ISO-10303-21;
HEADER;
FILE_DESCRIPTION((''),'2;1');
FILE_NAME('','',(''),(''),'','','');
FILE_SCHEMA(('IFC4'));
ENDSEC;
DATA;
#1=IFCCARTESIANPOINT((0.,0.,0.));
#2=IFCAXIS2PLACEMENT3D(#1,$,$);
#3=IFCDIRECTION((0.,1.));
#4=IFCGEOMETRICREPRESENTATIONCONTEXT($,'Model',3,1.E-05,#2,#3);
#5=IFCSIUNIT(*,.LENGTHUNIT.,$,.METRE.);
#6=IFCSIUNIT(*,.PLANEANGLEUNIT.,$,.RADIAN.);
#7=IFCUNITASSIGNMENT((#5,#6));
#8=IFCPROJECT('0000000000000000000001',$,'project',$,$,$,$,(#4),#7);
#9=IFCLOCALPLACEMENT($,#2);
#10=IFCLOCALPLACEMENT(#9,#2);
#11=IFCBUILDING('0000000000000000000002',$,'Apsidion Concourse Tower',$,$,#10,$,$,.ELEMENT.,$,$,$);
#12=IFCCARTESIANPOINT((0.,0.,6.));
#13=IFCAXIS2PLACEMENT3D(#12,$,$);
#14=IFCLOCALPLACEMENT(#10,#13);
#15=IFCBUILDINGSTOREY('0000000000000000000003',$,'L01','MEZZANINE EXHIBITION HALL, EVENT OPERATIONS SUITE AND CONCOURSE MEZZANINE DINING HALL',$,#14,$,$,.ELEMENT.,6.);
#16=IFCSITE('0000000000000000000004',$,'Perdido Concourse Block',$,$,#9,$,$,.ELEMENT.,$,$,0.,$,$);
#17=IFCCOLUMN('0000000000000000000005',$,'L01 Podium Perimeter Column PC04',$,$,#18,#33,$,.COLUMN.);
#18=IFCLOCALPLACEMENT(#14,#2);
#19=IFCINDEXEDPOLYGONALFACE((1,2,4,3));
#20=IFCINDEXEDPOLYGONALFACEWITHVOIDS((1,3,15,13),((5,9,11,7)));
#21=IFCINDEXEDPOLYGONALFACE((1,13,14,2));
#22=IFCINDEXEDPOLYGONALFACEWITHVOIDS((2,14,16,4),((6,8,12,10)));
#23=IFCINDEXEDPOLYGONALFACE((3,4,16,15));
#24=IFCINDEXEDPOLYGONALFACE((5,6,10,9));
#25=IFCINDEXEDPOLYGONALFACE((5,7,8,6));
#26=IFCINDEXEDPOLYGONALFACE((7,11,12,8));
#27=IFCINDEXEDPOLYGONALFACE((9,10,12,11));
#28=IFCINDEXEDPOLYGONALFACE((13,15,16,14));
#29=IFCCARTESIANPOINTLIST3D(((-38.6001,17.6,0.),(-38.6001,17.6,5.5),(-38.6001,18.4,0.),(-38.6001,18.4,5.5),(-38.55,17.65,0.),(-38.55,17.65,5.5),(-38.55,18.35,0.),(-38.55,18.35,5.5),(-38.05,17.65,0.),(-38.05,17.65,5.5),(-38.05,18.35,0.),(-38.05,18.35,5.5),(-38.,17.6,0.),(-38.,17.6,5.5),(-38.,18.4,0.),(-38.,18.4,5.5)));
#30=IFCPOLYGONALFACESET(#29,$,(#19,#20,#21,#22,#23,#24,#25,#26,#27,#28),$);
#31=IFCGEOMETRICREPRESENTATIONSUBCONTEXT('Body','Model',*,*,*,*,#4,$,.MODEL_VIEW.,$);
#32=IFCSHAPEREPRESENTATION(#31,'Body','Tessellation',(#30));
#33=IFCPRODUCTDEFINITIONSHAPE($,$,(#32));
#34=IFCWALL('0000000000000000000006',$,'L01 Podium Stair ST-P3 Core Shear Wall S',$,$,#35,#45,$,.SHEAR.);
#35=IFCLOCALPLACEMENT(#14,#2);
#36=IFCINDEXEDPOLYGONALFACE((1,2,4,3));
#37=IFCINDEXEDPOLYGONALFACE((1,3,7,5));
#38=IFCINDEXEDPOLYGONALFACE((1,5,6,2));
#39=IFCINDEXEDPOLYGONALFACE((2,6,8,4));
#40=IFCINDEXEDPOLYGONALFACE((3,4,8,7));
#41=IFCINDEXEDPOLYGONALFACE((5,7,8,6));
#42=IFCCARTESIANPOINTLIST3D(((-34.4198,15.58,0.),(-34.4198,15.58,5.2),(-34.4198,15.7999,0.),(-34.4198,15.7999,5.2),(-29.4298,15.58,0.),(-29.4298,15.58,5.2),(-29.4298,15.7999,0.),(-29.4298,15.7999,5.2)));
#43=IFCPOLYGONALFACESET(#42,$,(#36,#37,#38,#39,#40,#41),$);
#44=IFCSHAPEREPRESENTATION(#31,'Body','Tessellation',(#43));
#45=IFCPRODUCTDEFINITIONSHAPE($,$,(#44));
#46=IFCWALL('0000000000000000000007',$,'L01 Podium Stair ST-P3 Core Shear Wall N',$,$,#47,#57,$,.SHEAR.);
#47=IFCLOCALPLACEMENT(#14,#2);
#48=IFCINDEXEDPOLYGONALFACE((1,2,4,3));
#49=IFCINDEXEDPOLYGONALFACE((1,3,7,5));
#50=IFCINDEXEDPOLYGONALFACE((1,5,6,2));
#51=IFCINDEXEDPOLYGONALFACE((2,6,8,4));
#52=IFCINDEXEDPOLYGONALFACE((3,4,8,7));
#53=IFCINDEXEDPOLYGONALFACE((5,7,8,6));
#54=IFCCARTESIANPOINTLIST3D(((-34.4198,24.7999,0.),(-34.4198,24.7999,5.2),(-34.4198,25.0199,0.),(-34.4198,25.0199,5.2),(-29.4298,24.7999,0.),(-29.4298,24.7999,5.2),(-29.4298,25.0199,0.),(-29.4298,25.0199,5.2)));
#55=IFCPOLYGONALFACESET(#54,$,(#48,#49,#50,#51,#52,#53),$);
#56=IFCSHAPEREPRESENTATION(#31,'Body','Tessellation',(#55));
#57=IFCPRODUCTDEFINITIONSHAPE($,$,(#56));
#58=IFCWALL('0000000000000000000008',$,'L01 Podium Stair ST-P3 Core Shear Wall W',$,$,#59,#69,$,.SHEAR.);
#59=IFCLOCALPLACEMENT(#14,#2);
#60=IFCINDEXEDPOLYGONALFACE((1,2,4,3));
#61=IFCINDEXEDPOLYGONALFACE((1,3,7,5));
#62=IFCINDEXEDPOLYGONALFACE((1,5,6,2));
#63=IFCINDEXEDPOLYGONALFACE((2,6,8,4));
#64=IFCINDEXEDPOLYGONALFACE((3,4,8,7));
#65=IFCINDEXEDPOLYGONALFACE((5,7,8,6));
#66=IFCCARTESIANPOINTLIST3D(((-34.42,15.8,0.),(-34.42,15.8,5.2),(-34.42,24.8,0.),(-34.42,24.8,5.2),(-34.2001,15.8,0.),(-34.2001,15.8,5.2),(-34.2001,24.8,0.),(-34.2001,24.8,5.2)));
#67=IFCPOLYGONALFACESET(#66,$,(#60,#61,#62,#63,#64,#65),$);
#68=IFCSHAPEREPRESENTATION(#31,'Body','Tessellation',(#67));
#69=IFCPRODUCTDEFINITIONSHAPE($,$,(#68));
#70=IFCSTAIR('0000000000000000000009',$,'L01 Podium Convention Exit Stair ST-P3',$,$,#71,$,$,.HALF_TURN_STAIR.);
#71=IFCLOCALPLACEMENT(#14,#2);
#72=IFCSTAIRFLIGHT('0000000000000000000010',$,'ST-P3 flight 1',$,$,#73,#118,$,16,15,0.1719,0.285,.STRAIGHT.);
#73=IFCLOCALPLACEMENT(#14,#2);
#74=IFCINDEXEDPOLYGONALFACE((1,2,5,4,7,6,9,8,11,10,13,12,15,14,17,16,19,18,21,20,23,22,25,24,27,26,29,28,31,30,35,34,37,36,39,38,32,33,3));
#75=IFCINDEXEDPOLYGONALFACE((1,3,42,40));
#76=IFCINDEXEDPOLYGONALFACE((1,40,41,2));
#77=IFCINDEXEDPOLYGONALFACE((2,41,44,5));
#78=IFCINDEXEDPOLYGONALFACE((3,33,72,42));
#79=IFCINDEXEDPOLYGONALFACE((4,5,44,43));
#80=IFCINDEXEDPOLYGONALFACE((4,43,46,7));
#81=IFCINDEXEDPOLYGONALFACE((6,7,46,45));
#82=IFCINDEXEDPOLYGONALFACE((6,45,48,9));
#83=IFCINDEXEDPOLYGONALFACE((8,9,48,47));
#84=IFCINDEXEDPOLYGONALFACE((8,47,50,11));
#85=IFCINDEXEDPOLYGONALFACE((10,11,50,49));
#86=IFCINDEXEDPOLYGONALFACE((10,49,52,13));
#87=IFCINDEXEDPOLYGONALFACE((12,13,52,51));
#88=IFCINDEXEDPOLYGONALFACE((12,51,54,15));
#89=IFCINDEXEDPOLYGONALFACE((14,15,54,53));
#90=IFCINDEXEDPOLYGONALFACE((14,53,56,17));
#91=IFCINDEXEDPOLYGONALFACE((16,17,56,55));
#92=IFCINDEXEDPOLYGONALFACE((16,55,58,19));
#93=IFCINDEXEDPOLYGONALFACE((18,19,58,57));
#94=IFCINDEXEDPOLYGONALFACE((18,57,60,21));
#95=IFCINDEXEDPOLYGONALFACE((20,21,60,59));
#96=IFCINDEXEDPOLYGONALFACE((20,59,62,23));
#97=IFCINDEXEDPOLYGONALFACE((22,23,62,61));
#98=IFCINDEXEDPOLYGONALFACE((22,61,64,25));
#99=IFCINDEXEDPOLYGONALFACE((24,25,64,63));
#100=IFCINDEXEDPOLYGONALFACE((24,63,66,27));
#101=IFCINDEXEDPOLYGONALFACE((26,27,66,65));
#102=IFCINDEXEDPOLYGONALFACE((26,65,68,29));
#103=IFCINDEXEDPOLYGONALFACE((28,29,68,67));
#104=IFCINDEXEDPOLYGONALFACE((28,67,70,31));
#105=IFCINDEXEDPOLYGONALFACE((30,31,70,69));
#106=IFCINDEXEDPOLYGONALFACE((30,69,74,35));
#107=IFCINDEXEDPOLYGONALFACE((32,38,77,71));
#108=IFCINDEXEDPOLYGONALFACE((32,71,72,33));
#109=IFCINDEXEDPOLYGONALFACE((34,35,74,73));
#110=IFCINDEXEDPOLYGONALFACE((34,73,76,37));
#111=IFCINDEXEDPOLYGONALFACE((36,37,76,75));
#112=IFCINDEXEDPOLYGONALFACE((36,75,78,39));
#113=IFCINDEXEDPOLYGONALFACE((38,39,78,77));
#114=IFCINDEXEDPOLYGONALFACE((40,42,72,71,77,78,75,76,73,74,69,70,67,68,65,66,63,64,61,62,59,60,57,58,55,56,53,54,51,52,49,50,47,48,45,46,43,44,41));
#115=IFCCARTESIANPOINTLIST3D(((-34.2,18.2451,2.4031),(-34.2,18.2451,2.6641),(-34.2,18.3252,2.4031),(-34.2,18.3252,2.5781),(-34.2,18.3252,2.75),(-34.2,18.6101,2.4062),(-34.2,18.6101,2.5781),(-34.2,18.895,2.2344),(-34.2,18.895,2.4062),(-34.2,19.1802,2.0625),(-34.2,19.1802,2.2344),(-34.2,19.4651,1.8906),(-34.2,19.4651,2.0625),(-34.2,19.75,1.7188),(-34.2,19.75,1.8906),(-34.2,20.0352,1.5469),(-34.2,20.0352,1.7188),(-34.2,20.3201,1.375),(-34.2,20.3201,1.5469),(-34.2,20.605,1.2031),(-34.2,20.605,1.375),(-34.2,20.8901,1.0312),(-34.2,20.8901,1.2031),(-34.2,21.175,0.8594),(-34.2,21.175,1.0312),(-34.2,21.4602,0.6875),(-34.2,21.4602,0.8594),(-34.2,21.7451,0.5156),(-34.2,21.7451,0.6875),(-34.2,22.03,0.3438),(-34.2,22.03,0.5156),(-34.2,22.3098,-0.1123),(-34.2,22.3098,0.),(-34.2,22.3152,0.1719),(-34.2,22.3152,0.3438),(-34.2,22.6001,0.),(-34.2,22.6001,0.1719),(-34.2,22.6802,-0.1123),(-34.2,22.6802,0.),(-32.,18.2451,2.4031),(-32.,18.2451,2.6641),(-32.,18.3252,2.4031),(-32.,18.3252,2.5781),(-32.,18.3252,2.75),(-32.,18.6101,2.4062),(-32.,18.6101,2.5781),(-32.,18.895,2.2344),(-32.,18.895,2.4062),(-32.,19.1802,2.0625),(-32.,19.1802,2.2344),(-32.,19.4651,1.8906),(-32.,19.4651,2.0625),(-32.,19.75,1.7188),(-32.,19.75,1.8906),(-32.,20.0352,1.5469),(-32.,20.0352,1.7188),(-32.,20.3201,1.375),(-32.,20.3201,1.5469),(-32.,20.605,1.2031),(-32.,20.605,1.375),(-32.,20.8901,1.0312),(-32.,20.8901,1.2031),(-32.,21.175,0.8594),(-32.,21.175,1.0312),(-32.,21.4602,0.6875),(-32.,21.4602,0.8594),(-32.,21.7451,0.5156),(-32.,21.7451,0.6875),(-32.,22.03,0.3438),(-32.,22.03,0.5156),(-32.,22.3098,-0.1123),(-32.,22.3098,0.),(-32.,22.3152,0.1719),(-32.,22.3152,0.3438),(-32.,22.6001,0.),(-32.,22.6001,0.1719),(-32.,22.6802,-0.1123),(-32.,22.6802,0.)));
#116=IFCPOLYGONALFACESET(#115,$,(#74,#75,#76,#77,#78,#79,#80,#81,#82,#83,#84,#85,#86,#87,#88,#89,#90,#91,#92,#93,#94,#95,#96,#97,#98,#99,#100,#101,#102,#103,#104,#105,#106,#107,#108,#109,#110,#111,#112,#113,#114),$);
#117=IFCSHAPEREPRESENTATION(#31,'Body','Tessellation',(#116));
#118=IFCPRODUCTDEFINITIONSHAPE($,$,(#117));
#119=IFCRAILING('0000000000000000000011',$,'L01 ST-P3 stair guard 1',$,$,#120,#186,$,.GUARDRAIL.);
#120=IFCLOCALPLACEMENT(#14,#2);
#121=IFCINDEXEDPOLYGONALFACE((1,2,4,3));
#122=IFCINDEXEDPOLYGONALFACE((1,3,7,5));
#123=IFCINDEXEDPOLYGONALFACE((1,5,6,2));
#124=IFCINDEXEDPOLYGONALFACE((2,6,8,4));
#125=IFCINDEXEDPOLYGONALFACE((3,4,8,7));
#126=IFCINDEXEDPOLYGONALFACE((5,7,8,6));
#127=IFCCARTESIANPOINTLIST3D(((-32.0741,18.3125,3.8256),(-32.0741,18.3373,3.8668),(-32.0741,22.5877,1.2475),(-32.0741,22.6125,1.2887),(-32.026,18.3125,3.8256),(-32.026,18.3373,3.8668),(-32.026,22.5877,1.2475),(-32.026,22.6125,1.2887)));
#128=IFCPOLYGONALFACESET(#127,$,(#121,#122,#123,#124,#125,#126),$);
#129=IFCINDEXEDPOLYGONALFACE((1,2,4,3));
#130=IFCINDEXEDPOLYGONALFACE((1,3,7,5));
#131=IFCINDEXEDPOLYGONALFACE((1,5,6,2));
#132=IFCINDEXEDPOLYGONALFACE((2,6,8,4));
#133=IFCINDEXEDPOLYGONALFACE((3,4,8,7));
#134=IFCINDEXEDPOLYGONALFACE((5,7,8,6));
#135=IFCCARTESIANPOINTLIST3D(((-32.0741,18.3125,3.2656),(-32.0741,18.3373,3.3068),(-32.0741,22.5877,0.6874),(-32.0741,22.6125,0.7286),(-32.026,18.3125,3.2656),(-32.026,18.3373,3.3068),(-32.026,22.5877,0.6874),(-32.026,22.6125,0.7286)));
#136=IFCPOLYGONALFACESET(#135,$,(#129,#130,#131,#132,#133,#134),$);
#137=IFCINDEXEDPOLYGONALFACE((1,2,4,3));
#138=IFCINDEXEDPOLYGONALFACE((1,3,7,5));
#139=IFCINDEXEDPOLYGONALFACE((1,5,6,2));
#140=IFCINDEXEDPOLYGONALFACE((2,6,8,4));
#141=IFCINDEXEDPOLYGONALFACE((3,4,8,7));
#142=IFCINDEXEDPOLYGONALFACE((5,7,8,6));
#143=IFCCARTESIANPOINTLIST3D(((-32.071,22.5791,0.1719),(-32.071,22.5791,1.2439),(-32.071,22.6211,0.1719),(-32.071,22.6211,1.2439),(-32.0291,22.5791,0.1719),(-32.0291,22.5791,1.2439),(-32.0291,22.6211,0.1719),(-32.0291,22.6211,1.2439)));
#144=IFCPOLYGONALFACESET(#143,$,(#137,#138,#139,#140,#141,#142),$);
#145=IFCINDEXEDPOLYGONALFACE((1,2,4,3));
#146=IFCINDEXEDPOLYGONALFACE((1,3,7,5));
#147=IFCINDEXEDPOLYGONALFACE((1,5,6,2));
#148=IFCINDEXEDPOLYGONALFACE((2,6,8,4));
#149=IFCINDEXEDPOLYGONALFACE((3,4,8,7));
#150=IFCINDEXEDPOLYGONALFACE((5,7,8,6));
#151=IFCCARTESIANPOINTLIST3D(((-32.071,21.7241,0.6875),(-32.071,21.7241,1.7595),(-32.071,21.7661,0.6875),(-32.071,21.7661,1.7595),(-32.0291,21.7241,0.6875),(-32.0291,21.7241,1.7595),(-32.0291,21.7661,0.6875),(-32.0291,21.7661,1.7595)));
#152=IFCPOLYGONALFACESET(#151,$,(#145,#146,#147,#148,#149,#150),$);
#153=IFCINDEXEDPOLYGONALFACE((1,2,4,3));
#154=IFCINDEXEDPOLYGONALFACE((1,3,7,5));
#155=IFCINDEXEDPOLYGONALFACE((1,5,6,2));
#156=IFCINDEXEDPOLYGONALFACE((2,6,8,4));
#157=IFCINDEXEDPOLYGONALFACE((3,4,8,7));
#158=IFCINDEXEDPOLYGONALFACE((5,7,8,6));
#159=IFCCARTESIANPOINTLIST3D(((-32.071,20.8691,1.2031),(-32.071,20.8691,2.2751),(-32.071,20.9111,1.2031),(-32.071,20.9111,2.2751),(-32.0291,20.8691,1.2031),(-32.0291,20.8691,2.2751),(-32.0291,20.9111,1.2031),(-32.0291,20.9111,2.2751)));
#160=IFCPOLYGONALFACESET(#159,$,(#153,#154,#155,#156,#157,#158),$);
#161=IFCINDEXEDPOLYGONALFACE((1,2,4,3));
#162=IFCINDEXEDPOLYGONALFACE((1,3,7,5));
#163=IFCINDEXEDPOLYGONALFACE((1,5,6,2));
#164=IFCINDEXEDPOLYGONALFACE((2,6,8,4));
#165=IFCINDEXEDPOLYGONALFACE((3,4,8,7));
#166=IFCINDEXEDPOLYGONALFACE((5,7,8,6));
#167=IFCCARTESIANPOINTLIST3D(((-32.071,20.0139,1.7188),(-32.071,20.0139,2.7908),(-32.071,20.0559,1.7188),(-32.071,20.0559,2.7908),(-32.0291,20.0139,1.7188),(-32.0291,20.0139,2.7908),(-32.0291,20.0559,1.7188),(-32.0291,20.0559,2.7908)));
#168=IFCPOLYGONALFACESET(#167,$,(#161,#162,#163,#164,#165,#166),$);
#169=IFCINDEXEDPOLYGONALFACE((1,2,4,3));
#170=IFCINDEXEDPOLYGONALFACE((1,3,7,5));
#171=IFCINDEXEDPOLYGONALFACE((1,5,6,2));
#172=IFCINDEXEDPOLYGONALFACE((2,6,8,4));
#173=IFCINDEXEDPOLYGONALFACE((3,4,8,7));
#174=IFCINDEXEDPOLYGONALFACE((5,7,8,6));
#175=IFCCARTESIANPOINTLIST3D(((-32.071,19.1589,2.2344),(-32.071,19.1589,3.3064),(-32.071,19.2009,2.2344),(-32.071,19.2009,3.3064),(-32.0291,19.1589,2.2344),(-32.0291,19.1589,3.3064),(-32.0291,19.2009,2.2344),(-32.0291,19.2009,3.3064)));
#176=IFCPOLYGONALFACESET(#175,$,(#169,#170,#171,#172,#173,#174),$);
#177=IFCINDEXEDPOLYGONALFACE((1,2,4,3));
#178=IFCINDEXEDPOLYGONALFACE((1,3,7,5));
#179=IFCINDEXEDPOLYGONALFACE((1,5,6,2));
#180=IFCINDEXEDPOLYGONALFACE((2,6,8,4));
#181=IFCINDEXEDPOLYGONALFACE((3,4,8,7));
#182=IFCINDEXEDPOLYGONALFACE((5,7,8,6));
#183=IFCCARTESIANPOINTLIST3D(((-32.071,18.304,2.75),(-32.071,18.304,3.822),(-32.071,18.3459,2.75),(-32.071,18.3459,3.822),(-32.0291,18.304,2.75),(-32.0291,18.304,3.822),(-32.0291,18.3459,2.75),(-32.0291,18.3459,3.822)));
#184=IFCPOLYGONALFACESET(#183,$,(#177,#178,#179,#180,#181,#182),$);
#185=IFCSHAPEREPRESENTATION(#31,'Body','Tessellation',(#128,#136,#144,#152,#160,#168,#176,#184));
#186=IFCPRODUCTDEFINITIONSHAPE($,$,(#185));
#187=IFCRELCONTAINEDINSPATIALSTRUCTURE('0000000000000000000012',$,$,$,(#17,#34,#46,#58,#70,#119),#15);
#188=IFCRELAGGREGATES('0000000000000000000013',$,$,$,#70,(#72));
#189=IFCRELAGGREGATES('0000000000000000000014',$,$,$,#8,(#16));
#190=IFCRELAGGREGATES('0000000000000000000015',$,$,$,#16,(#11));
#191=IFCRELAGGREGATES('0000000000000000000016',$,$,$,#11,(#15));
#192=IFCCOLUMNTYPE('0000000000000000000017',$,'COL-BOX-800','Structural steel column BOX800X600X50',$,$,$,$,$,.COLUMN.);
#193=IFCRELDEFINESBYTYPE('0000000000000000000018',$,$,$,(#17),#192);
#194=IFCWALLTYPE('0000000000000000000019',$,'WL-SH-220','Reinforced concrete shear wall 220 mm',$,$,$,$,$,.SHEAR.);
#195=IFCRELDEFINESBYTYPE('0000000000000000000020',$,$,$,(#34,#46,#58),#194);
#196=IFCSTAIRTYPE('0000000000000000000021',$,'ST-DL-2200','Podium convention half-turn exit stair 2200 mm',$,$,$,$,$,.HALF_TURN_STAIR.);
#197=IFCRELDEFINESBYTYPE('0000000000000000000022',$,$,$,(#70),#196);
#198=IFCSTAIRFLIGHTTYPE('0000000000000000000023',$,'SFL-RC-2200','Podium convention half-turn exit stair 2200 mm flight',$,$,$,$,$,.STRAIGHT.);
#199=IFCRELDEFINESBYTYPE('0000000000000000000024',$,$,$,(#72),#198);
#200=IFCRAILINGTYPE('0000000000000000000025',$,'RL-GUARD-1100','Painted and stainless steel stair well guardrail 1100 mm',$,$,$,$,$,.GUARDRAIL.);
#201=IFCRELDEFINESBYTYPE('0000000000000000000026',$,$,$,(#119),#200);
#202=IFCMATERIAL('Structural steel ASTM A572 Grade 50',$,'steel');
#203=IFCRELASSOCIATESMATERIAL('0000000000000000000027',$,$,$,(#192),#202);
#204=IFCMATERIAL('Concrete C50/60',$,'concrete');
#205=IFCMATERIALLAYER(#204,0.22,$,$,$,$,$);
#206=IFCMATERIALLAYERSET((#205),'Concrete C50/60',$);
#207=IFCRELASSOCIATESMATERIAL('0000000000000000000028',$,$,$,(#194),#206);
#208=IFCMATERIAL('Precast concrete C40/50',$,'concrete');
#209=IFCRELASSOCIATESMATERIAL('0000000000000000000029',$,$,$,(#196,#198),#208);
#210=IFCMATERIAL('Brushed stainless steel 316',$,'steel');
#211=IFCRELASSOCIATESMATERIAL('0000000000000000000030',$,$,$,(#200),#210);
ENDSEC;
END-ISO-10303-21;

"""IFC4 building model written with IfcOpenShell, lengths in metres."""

from ifc_helpers import new_model, si_unit, direction, frame, frame_2d, origin, origin_2d, place, context, subcontext, project, spatial, polyline, rectangle, hollow_rectangle, outline, extrude, material, layer, layer_set, material_profile, profile_set, type_object, element, aggregate, save


model = new_model("IFC4")

# Units and contexts
model_context = context("Model", 3, precision=1e-05, world=origin(), true_north=direction((0.0, 1.0)))
body_context = subcontext(model_context, "Body", "Model", "MODEL_VIEW")
ifc_project = project(units=[si_unit("LENGTHUNIT", "METRE"), si_unit("PLANEANGLEUNIT", "RADIAN")], contexts=[model_context])

# Site, building, storey
site_placement = place(None, origin())
site = spatial("IfcSite", under=ifc_project, at=site_placement, Name="Perdido Concourse Block", CompositionType="ELEMENT", RefElevation=0.0)
building_placement = place(site_placement, origin())
building = spatial("IfcBuilding", under=site, at=building_placement, Name="Apsidion Concourse Tower", CompositionType="ELEMENT")
storey_placement = place(building_placement, frame((0.0, 0.0, 6.0)))
storey = spatial("IfcBuildingStorey", under=building, at=storey_placement, Name="L01", Description="MEZZANINE EXHIBITION HALL, EVENT OPERATIONS SUITE AND CONCOURSE MEZZANINE DINING HALL", CompositionType="ELEMENT", Elevation=6.0)

# Column
ifc_material_1 = material(Name="Structural steel ASTM A572 Grade 50", Category="steel")
ifc_material_profile = material_profile(ifc_material_1, hollow_rectangle(XDim=0.6001, YDim=0.8, WallThickness=0.05, at=origin_2d()), Name="BOX800X600X50")
ifc_profile_set = profile_set([ifc_material_profile], Name="Structural steel ASTM A572 Grade 50")
column_type = type_object("IfcColumnType", Name="COL-BOX-800", Description="Structural steel column BOX800X600X50", PredefinedType="COLUMN", material=ifc_profile_set)
column_placement = place(storey_placement, frame((-38.3, 18.0, 0.0), z_axis=(0.0, 0.0, 1.0), x_axis=(1.0, 0.0, 0.0)))
element("IfcColumn", 1, at=column_placement, inside=storey, type_object=column_type, Name="L01 Podium Perimeter Column PC04", PredefinedType="COLUMN", context=body_context, shape_type="SweptSolid", body=[
    extrude(hollow_rectangle(XDim=0.6001, YDim=0.8, WallThickness=0.05, at=origin_2d()), origin(), (0.0, 0.0, 1.0), 5.5),
])

# Shared definitions
ifc_material_2 = material(Name="Precast concrete C40/50", Category="concrete")

# Walls
ifc_material_3 = material(Name="Concrete C50/60", Category="concrete")
ifc_layer_1 = layer(ifc_material_3, 0.22)
ifc_layer_set_1 = layer_set([ifc_layer_1], Name="Concrete C50/60")
wall_type_1 = type_object("IfcWallType", Name="WL-SH-220", Description="Reinforced concrete shear wall 220 mm", PredefinedType="SHEAR", material=ifc_layer_set_1)
for number, where, z_axis, x_axis, name in (
    (2, (-34.4199, 15.6899, 0.0), (0.0, 0.0, 1.0), (1.0, 0.0, 0.0), "L01 Podium Stair ST-P3 Core Shear Wall S"),
    (3, (-34.4199, 24.9099, 0.0), (0.0, 0.0, 1.0), (1.0, 0.0, 0.0), "L01 Podium Stair ST-P3 Core Shear Wall N"),
):
    element("IfcWall", number, at=place(storey_placement, frame(where, z_axis=z_axis, x_axis=x_axis)), inside=storey, type_object=wall_type_1, Name=name, PredefinedType="SHEAR", context=body_context, shape_type="SweptSolid", body=[
        extrude(rectangle(XDim=4.99, YDim=0.22, at=frame_2d((2.4951, 0.0))), origin(), (0.0, 0.0, 1.0), 5.2),
    ])
wall_1_placement = place(storey_placement, frame((-34.3101, 15.8, 0.0), z_axis=(0.0, 0.0, 1.0), x_axis=(0.0, 1.0, 0.0)))
element("IfcWall", 4, at=wall_1_placement, inside=storey, type_object=wall_type_1, Name="L01 Podium Stair ST-P3 Core Shear Wall W", PredefinedType="SHEAR", context=body_context, shape_type="SweptSolid", body=[
    extrude(rectangle(XDim=9.0, YDim=0.22, at=frame_2d((4.5, 0.0))), origin(), (0.0, 0.0, 1.0), 5.2),
])

# Stair, stair flight
stair_type = type_object("IfcStairType", Name="ST-DL-2200", Description="Podium convention half-turn exit stair 2200 mm", PredefinedType="HALF_TURN_STAIR", material=ifc_material_2)
stair_placement = place(storey_placement, origin())
stair = element("IfcStair", 5, at=stair_placement, inside=storey, type_object=stair_type, Name="L01 Podium Convention Exit Stair ST-P3", PredefinedType="HALF_TURN_STAIR")
stair_flight_type = type_object("IfcStairFlightType", Name="SFL-RC-2200", Description="Podium convention half-turn exit stair 2200 mm flight", PredefinedType="STRAIGHT", material=ifc_material_2)
stair_flight_placement = place(storey_placement, frame((-33.1001, 22.6001, 0.0), z_axis=(0.0, 0.0, 1.0), x_axis=(0.0, -1.0, 0.0)))
stair_flight = element("IfcStairFlight", 6, at=stair_flight_placement, type_object=stair_flight_type, Name="ST-P3 flight 1", NumberOfRisers=16, NumberOfTreads=15, PredefinedType="STRAIGHT", RiserHeight=0.1719, TreadLength=0.285, context=body_context, shape_type="SweptSolid", body=[
    extrude(outline(polyline([(-0.0801, -0.1123), (-0.0801, 0.0), (0.0, 0.0), (0.0, 0.1719), (0.2849, 0.1719), (0.2849, 0.3438), (0.5701, 0.3438), (0.5701, 0.5156), (0.855, 0.5156), (0.855, 0.6875), (1.1399, 0.6875), (1.1399, 0.8594), (1.425, 0.8594), (1.425, 1.0312), (1.71, 1.0312), (1.71, 1.2031), (1.9951, 1.2031), (1.9951, 1.375), (2.28, 1.375), (2.28, 1.5469), (2.5649, 1.5469), (2.5649, 1.7188), (2.8501, 1.7188), (2.8501, 1.8906), (3.135, 1.8906), (3.135, 2.0625), (3.4199, 2.0625), (3.4199, 2.2344), (3.7051, 2.2344), (3.7051, 2.4062), (3.99, 2.4062), (3.99, 2.5781), (4.2749, 2.5781), (4.2749, 2.75), (4.355, 2.6641), (4.355, 2.4031), (4.2749, 2.4031), (0.2903, 0.0), (0.2903, -0.1123), (-0.0801, -0.1123)])), frame((0.0, 1.1001, 0.0), z_axis=(0.0, -1.0, 0.0), x_axis=(1.0, 0.0, 0.0)), (0.0, 0.0, 1.0), 2.2),
])
aggregate(stair, [stair_flight])

# Railing
ifc_material_4 = material(Name="Brushed stainless steel 316", Category="steel")
railing_type_1 = type_object("IfcRailingType", Name="RL-GUARD-1100", Description="Painted and stainless steel stair well guardrail 1100 mm", PredefinedType="GUARDRAIL", material=ifc_material_4)
railing_1_placement = place(storey_placement, frame((-32.05, 22.6001, 0.1719)))
element("IfcRailing", 7, at=railing_1_placement, inside=storey, type_object=railing_type_1, Name="L01 ST-P3 stair guard 1", PredefinedType="GUARDRAIL", context=body_context, shape_type="SweptSolid", body=[
    extrude(rectangle(XDim=0.0481, YDim=0.0481, at=origin_2d()), frame((0.0, 0.0, 1.0962), z_axis=(0.0, -0.856339, 0.516415), x_axis=(1.0, 0.0, 0.0)), (0.0, 0.0, 1.0), 4.9924),
    extrude(rectangle(XDim=0.0481, YDim=0.0481, at=origin_2d()), frame((0.0, 0.0, 0.5361), z_axis=(0.0, -0.856339, 0.516415), x_axis=(1.0, 0.0, 0.0)), (0.0, 0.0, 1.0), 4.9924),
    extrude(rectangle(XDim=0.042, YDim=0.042, at=origin_2d()), origin(), (0.0, 0.0, 1.0), 1.072),
    extrude(rectangle(XDim=0.042, YDim=0.042, at=origin_2d()), frame((0.0, -0.855, 0.5156)), (0.0, 0.0, 1.0), 1.072),
    extrude(rectangle(XDim=0.042, YDim=0.042, at=origin_2d()), frame((0.0, -1.71, 1.0312)), (0.0, 0.0, 1.0), 1.072),
    extrude(rectangle(XDim=0.042, YDim=0.042, at=origin_2d()), frame((0.0, -2.5652, 1.5469)), (0.0, 0.0, 1.0), 1.072),
    extrude(rectangle(XDim=0.042, YDim=0.042, at=origin_2d()), frame((0.0, -3.4202, 2.0625)), (0.0, 0.0, 1.0), 1.072),
    extrude(rectangle(XDim=0.042, YDim=0.042, at=origin_2d()), frame((0.0, -4.2751, 2.5781)), (0.0, 0.0, 1.0), 1.072),
])

save(model, "model.ifc")
